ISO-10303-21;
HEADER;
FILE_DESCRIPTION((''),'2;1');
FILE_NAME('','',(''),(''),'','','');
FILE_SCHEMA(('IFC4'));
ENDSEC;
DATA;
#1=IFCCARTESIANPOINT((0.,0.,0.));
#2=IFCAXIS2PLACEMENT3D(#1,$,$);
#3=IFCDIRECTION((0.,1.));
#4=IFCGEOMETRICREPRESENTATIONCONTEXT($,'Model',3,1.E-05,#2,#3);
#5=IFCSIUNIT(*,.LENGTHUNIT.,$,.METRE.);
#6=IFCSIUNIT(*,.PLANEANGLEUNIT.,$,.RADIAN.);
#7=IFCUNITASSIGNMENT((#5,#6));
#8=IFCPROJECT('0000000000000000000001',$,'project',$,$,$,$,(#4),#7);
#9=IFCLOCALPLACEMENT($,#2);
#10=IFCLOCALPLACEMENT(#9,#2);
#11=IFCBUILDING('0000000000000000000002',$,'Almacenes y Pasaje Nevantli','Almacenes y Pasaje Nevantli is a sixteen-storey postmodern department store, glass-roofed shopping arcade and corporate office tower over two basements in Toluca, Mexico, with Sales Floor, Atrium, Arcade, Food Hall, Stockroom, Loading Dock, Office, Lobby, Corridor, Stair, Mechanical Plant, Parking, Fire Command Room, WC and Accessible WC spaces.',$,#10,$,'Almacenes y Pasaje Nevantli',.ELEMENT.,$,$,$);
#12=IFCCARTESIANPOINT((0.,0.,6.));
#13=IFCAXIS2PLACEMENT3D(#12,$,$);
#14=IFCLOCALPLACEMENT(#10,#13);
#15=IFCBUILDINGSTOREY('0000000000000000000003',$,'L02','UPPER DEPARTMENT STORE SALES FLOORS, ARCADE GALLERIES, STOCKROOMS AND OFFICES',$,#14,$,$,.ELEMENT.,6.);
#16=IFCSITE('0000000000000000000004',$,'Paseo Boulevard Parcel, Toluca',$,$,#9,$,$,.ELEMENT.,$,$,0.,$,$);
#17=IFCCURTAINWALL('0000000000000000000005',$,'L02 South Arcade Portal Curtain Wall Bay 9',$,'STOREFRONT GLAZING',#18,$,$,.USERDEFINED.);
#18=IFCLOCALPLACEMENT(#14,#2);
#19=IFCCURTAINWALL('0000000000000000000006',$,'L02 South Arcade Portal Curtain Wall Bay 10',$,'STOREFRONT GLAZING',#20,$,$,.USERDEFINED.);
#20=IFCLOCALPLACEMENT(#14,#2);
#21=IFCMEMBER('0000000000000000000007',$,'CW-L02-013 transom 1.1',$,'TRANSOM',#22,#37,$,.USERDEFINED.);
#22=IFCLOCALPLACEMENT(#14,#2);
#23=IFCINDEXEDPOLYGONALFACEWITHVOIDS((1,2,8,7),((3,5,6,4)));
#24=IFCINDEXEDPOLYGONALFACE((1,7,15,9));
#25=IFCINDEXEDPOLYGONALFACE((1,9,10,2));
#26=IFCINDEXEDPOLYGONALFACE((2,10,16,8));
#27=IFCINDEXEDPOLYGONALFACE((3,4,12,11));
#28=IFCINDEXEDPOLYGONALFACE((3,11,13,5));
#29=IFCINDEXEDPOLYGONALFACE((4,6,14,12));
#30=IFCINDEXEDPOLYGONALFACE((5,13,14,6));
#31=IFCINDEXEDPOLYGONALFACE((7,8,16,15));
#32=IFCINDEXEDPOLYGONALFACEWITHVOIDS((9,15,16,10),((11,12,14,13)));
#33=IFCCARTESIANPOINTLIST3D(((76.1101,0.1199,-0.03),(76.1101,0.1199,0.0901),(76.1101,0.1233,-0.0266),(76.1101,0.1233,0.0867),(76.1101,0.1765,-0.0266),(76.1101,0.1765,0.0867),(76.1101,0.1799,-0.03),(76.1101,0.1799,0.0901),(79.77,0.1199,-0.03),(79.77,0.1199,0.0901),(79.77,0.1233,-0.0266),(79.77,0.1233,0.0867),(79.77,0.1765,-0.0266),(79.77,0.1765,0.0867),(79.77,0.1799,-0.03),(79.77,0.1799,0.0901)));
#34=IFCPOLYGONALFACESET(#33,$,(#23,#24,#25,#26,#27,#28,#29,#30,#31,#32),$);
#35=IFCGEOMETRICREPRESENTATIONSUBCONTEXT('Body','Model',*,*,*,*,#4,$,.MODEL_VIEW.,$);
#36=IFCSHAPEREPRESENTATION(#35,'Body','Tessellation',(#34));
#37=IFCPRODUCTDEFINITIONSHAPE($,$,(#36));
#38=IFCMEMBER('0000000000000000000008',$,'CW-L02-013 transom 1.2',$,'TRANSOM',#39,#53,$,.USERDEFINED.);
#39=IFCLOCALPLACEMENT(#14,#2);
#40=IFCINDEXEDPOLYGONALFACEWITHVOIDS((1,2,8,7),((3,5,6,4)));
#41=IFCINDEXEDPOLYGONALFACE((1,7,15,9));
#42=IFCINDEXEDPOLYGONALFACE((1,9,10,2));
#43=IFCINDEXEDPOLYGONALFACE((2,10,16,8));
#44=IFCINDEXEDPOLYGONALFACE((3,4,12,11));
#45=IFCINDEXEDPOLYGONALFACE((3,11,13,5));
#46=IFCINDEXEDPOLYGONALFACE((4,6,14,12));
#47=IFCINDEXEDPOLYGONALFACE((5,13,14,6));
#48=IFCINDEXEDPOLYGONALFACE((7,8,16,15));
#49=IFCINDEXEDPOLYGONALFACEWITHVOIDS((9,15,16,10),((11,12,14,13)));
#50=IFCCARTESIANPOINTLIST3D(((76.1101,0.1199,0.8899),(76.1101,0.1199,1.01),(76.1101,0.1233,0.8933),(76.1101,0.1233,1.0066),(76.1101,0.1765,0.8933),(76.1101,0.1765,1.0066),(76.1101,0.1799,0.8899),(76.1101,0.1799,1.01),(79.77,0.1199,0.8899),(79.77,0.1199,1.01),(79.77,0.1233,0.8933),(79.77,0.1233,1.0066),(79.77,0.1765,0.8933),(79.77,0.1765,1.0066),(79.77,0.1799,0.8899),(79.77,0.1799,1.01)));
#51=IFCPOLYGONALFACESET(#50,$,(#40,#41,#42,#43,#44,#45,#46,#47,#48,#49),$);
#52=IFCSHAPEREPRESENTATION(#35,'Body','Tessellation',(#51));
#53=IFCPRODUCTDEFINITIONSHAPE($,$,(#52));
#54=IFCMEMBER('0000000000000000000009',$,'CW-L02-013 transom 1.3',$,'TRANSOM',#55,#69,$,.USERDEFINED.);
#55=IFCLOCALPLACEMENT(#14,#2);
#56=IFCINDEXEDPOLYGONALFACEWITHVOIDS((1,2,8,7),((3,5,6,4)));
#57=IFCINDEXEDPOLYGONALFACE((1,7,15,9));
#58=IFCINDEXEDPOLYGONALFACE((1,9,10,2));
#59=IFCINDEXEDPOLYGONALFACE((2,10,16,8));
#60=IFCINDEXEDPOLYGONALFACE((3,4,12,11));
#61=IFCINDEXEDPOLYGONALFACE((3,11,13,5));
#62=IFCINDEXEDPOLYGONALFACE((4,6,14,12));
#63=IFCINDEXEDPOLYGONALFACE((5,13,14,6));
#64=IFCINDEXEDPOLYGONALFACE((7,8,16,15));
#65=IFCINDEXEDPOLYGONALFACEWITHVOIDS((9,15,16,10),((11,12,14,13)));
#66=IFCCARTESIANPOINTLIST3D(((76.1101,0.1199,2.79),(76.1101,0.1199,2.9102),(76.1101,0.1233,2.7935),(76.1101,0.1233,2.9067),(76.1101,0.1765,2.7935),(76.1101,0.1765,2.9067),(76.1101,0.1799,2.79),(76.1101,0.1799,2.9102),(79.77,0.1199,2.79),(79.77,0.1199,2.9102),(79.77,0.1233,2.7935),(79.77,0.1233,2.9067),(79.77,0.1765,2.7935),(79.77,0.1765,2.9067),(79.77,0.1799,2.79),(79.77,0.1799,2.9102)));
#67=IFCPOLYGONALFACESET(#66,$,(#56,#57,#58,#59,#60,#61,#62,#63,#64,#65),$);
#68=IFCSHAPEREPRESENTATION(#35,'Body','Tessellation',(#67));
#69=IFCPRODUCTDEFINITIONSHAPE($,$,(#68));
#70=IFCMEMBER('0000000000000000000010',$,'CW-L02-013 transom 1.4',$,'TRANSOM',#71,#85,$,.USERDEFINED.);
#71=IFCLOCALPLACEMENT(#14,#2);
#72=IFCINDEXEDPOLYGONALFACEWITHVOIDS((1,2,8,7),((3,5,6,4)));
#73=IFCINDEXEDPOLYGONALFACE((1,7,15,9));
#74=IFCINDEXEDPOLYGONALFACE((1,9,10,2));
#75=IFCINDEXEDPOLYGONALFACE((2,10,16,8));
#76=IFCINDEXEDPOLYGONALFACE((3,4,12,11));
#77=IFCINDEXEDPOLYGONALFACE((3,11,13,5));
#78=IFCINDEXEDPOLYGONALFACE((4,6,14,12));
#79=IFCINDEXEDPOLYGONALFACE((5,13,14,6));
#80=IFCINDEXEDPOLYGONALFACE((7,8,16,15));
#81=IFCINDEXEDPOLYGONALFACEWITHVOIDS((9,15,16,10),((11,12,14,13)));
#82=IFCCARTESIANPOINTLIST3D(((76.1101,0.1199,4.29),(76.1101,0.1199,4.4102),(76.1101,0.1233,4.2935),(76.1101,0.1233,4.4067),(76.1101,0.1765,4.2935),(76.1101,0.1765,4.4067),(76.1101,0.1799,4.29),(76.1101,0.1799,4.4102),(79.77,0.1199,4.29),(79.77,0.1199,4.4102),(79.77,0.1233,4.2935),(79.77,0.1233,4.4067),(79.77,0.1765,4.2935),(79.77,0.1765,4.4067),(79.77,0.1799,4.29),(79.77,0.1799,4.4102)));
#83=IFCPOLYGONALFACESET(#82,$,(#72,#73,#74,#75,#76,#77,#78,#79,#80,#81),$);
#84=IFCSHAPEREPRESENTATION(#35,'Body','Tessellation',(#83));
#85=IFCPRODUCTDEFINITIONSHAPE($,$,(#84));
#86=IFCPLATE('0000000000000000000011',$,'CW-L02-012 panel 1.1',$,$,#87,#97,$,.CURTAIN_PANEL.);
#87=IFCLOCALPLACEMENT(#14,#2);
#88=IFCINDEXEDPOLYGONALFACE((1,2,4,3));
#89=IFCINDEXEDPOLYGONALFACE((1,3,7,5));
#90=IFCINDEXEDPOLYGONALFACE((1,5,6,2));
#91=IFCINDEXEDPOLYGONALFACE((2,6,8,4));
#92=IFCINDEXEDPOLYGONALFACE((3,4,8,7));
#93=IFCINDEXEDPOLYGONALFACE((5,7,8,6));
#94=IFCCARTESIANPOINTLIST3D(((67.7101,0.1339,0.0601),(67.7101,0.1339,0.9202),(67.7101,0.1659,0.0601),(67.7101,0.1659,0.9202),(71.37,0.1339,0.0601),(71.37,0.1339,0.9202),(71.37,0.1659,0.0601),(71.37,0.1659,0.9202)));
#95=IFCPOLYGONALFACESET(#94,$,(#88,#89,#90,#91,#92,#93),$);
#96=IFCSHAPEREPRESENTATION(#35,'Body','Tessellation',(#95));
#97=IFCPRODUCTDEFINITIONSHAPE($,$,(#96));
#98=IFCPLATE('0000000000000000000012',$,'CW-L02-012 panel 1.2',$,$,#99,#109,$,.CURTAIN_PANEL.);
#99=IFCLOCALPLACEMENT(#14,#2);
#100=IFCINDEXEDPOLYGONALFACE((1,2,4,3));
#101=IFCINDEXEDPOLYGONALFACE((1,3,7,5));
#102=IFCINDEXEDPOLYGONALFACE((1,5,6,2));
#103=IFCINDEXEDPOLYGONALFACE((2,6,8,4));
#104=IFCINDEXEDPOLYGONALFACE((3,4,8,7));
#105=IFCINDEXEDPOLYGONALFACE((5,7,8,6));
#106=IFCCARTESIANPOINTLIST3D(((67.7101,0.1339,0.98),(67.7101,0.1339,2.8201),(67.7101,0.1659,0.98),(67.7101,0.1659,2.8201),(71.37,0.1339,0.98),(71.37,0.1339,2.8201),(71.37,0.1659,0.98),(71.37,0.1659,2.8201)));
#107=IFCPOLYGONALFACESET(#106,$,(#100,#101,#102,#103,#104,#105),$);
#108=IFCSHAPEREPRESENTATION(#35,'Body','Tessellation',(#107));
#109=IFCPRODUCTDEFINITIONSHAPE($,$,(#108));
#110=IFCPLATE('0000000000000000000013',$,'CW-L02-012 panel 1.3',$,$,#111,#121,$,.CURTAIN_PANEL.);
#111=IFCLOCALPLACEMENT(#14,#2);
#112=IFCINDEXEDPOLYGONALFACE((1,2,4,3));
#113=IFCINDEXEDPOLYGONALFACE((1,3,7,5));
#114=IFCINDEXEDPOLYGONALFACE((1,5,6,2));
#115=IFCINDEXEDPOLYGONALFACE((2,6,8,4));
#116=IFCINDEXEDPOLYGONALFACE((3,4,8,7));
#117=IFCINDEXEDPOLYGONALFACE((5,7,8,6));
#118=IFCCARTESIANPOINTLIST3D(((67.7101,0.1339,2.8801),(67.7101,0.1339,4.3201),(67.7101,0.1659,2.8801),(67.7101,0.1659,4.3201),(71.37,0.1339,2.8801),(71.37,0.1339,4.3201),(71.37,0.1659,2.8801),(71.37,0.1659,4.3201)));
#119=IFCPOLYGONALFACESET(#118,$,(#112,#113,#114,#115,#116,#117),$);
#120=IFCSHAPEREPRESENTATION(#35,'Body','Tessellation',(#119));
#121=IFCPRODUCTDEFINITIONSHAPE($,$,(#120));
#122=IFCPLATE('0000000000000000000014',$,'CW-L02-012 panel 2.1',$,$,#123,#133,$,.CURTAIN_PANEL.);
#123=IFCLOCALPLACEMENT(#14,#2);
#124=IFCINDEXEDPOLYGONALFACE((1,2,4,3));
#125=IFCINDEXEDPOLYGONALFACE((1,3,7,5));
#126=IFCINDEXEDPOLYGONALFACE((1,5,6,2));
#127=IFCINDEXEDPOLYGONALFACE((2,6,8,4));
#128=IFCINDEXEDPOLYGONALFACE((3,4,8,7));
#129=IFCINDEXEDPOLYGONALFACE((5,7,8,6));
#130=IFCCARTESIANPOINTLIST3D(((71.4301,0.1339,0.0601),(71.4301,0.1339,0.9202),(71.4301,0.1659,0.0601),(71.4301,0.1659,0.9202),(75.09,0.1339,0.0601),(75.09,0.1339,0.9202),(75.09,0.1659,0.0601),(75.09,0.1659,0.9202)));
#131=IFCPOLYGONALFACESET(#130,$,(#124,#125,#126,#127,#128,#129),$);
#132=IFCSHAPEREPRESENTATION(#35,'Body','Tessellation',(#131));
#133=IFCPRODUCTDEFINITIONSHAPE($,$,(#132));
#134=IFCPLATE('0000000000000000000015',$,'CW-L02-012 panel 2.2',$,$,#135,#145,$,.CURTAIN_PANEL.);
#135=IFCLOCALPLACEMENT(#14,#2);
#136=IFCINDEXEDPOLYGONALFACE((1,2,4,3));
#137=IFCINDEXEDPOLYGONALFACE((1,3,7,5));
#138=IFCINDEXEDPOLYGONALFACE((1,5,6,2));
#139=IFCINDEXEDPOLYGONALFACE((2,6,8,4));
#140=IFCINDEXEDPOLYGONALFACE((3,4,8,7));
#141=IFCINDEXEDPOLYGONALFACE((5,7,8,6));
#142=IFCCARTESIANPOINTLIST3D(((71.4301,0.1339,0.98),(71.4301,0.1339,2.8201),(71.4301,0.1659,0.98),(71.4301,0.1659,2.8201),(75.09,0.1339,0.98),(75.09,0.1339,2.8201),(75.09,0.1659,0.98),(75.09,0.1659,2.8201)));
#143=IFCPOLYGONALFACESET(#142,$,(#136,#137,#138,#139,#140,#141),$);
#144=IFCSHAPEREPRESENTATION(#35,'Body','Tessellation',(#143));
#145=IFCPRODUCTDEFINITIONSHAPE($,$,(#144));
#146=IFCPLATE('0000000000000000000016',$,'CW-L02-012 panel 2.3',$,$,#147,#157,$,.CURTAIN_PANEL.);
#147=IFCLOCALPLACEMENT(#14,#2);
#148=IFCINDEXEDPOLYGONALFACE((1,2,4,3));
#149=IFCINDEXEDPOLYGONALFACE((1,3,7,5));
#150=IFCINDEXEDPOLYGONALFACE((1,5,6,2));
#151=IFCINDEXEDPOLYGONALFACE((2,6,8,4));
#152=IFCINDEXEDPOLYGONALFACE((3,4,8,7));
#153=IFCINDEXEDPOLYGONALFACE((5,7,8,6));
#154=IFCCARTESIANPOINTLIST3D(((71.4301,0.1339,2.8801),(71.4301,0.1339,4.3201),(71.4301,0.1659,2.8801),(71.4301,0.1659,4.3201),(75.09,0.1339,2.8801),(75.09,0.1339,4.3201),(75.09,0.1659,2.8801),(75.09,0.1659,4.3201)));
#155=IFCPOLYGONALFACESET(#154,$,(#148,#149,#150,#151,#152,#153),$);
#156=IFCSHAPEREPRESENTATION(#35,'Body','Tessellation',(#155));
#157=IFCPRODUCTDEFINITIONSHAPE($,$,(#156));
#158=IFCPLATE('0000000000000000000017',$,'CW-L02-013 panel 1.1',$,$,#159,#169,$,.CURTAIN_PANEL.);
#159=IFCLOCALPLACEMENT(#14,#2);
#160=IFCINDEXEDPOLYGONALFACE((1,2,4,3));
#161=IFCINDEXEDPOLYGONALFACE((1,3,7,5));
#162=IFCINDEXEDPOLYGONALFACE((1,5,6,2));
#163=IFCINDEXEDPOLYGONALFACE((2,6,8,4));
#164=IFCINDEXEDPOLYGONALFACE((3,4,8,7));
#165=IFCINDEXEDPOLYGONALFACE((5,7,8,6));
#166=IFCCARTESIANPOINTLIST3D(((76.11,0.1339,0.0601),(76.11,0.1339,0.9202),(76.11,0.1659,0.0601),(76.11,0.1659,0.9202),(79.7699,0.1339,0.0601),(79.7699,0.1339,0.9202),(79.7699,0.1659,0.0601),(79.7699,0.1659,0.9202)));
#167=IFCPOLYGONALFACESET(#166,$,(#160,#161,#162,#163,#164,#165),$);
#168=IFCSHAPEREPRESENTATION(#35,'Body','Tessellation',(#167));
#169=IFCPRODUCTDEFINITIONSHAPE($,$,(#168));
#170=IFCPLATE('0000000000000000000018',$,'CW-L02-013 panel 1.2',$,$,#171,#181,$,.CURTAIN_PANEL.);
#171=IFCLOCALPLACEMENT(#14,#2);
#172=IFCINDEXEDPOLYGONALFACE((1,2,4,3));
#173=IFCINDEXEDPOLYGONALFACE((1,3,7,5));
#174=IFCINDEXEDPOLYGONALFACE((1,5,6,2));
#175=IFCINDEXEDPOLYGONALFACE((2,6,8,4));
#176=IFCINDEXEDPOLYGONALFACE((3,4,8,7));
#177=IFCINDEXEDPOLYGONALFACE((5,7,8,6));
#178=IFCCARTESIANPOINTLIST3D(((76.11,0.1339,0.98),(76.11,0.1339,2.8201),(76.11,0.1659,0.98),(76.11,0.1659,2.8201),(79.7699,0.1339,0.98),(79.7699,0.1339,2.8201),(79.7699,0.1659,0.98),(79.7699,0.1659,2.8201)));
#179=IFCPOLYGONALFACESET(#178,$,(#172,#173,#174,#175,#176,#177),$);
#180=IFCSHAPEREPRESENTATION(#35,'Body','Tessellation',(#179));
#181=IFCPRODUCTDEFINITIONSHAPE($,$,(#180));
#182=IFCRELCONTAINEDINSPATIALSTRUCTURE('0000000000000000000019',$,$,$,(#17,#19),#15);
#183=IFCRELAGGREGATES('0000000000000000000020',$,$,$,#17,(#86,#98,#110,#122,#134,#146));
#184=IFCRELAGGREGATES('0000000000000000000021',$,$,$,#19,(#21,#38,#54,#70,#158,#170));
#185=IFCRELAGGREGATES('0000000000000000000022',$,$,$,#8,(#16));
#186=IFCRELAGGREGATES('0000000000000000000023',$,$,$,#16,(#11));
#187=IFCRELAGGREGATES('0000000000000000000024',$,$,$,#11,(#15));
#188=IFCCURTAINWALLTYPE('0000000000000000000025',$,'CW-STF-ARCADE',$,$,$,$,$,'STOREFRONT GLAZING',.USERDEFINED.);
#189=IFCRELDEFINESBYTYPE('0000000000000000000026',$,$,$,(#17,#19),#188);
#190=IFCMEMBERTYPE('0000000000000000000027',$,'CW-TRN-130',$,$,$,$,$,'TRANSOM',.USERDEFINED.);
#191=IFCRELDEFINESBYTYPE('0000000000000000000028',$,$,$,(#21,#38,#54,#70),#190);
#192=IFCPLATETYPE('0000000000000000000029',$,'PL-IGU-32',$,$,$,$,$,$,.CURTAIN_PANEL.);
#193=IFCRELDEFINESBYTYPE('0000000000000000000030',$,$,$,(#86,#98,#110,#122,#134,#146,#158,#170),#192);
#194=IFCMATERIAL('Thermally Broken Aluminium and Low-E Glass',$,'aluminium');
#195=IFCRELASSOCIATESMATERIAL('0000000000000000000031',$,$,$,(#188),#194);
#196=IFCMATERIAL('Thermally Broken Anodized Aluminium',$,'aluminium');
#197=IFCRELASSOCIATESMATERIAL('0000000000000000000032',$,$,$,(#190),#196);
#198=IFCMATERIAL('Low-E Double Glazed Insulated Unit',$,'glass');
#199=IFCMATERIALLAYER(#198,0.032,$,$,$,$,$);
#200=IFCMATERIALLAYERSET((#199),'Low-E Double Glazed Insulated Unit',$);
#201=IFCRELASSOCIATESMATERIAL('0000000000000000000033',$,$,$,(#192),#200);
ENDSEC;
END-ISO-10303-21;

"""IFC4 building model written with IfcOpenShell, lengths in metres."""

from ifc_helpers import new_model, si_unit, direction, frame, origin, origin_2d, place, context, subcontext, project, spatial, rectangle, hollow_rectangle, extrude, material, layer, layer_set, material_profile, profile_set, type_object, element, aggregate, save


model = new_model("IFC4")

# Units and contexts
model_context = context("Model", 3, precision=1e-05, world=origin(), true_north=direction((0.0, 1.0)))
body_context = subcontext(model_context, "Body", "Model", "MODEL_VIEW")
ifc_project = project(units=[si_unit("LENGTHUNIT", "METRE"), si_unit("PLANEANGLEUNIT", "RADIAN")], contexts=[model_context])

# Site, building, storey
site_placement = place(None, origin())
site = spatial("IfcSite", under=ifc_project, at=site_placement, Name="Paseo Boulevard Parcel, Toluca", CompositionType="ELEMENT", RefElevation=0.0)
building_placement = place(site_placement, origin())
building = spatial("IfcBuilding", under=site, at=building_placement, Name="Almacenes y Pasaje Nevantli", Description="Almacenes y Pasaje Nevantli is a sixteen-storey postmodern department store, glass-roofed shopping arcade and corporate office tower over two basements in Toluca, Mexico, with Sales Floor, Atrium, Arcade, Food Hall, Stockroom, Loading Dock, Office, Lobby, Corridor, Stair, Mechanical Plant, Parking, Fire Command Room, WC and Accessible WC spaces.", LongName="Almacenes y Pasaje Nevantli", CompositionType="ELEMENT")
storey_placement = place(building_placement, frame((0.0, 0.0, 6.0)))
storey = spatial("IfcBuildingStorey", under=building, at=storey_placement, Name="L02", Description="UPPER DEPARTMENT STORE SALES FLOORS, ARCADE GALLERIES, STOCKROOMS AND OFFICES", CompositionType="ELEMENT", Elevation=6.0)

# Curtain wall
ifc_material_1 = material(Name="Thermally Broken Aluminium and Low-E Glass", Category="aluminium")
curtain_wall_type = type_object("IfcCurtainWallType", Name="CW-STF-ARCADE", ElementType="STOREFRONT GLAZING", PredefinedType="USERDEFINED", material=ifc_material_1)
curtain_wall_1_placement = place(storey_placement, origin())
curtain_wall_1 = element("IfcCurtainWall", 1, at=curtain_wall_1_placement, inside=storey, type_object=curtain_wall_type, Name="L02 South Arcade Portal Curtain Wall Bay 9", ObjectType="STOREFRONT GLAZING", PredefinedType="USERDEFINED")

# Curtain wall
curtain_wall_2_placement = place(storey_placement, origin())
curtain_wall_2 = element("IfcCurtainWall", 2, at=curtain_wall_2_placement, inside=storey, type_object=curtain_wall_type, Name="L02 South Arcade Portal Curtain Wall Bay 10", ObjectType="STOREFRONT GLAZING", PredefinedType="USERDEFINED")

# Members
ifc_material_2 = material(Name="Thermally Broken Anodized Aluminium", Category="aluminium")
ifc_material_profile_1 = material_profile(ifc_material_2, hollow_rectangle(XDim=0.0601, YDim=0.1201, WallThickness=0.0034, at=origin_2d()), Name="ALU-TRN-60x120")
ifc_profile_set_1 = profile_set([ifc_material_profile_1], Name="Thermally Broken Anodized Aluminium")
member_type_1 = type_object("IfcMemberType", Name="CW-TRN-130", ElementType="TRANSOM", PredefinedType="USERDEFINED", material=ifc_profile_set_1)
member_1_placement = place(storey_placement, frame((76.1101, 0.1499, 0.03), z_axis=(1.0, 0.0, 0.0), x_axis=(0.0, 1.0, 0.0)))
member_1 = element("IfcMember", 3, at=member_1_placement, type_object=member_type_1, Name="CW-L02-013 transom 1.1", ObjectType="TRANSOM", PredefinedType="USERDEFINED", context=body_context, shape_type="SweptSolid", body=[
    extrude(hollow_rectangle(XDim=0.0601, YDim=0.1201, WallThickness=0.0034, at=origin_2d()), origin(), (0.0, 0.0, 1.0), 3.6599),
])
member_2_placement = place(storey_placement, frame((76.1101, 0.1499, 0.95), z_axis=(1.0, 0.0, 0.0), x_axis=(0.0, 1.0, 0.0)))
member_2 = element("IfcMember", 4, at=member_2_placement, type_object=member_type_1, Name="CW-L02-013 transom 1.2", ObjectType="TRANSOM", PredefinedType="USERDEFINED", context=body_context, shape_type="SweptSolid", body=[
    extrude(hollow_rectangle(XDim=0.0601, YDim=0.1201, WallThickness=0.0034, at=origin_2d()), origin(), (0.0, 0.0, 1.0), 3.6599),
])
member_3_placement = place(storey_placement, frame((76.1101, 0.1499, 2.8501), z_axis=(1.0, 0.0, 0.0), x_axis=(0.0, 1.0, 0.0)))
member_3 = element("IfcMember", 5, at=member_3_placement, type_object=member_type_1, Name="CW-L02-013 transom 1.3", ObjectType="TRANSOM", PredefinedType="USERDEFINED", context=body_context, shape_type="SweptSolid", body=[
    extrude(hollow_rectangle(XDim=0.0601, YDim=0.1201, WallThickness=0.0034, at=origin_2d()), origin(), (0.0, 0.0, 1.0), 3.6599),
])
member_4_placement = place(storey_placement, frame((76.1101, 0.1499, 4.3501), z_axis=(1.0, 0.0, 0.0), x_axis=(0.0, 1.0, 0.0)))
member_4 = element("IfcMember", 6, at=member_4_placement, type_object=member_type_1, Name="CW-L02-013 transom 1.4", ObjectType="TRANSOM", PredefinedType="USERDEFINED", context=body_context, shape_type="SweptSolid", body=[
    extrude(hollow_rectangle(XDim=0.0601, YDim=0.1201, WallThickness=0.0034, at=origin_2d()), origin(), (0.0, 0.0, 1.0), 3.6599),
])

# Plates
ifc_material_3 = material(Name="Low-E Double Glazed Insulated Unit", Category="glass")
ifc_layer = layer(ifc_material_3, 0.032)
ifc_layer_set = layer_set([ifc_layer], Name="Low-E Double Glazed Insulated Unit")
plate_type = type_object("IfcPlateType", Name="PL-IGU-32", PredefinedType="CURTAIN_PANEL", material=ifc_layer_set)
plate_1_placement = place(storey_placement, frame((69.54, 0.1499, 0.0601), z_axis=(0.0, 0.0, 1.0), x_axis=(1.0, 0.0, 0.0)))
plate_1 = element("IfcPlate", 7, at=plate_1_placement, type_object=plate_type, Name="CW-L02-012 panel 1.1", PredefinedType="CURTAIN_PANEL", context=body_context, shape_type="SweptSolid", body=[
    extrude(rectangle(XDim=3.6599, YDim=0.032, at=origin_2d()), origin(), (0.0, 0.0, 1.0), 0.8601),
])
plate_2_placement = place(storey_placement, frame((69.54, 0.1499, 0.98), z_axis=(0.0, 0.0, 1.0), x_axis=(1.0, 0.0, 0.0)))
plate_2 = element("IfcPlate", 8, at=plate_2_placement, type_object=plate_type, Name="CW-L02-012 panel 1.2", PredefinedType="CURTAIN_PANEL", context=body_context, shape_type="SweptSolid", body=[
    extrude(rectangle(XDim=3.6599, YDim=0.032, at=origin_2d()), origin(), (0.0, 0.0, 1.0), 1.8401),
])
plate_3_placement = place(storey_placement, frame((69.54, 0.1499, 2.8801), z_axis=(0.0, 0.0, 1.0), x_axis=(1.0, 0.0, 0.0)))
plate_3 = element("IfcPlate", 9, at=plate_3_placement, type_object=plate_type, Name="CW-L02-012 panel 1.3", PredefinedType="CURTAIN_PANEL", context=body_context, shape_type="SweptSolid", body=[
    extrude(rectangle(XDim=3.6599, YDim=0.032, at=origin_2d()), origin(), (0.0, 0.0, 1.0), 1.4399),
])
plate_4_placement = place(storey_placement, frame((73.26, 0.1499, 0.0601), z_axis=(0.0, 0.0, 1.0), x_axis=(1.0, 0.0, 0.0)))
plate_4 = element("IfcPlate", 10, at=plate_4_placement, type_object=plate_type, Name="CW-L02-012 panel 2.1", PredefinedType="CURTAIN_PANEL", context=body_context, shape_type="SweptSolid", body=[
    extrude(rectangle(XDim=3.6599, YDim=0.032, at=origin_2d()), origin(), (0.0, 0.0, 1.0), 0.8601),
])
plate_5_placement = place(storey_placement, frame((73.26, 0.1499, 0.98), z_axis=(0.0, 0.0, 1.0), x_axis=(1.0, 0.0, 0.0)))
plate_5 = element("IfcPlate", 11, at=plate_5_placement, type_object=plate_type, Name="CW-L02-012 panel 2.2", PredefinedType="CURTAIN_PANEL", context=body_context, shape_type="SweptSolid", body=[
    extrude(rectangle(XDim=3.6599, YDim=0.032, at=origin_2d()), origin(), (0.0, 0.0, 1.0), 1.8401),
])
plate_6_placement = place(storey_placement, frame((73.26, 0.1499, 2.8801), z_axis=(0.0, 0.0, 1.0), x_axis=(1.0, 0.0, 0.0)))
plate_6 = element("IfcPlate", 12, at=plate_6_placement, type_object=plate_type, Name="CW-L02-012 panel 2.3", PredefinedType="CURTAIN_PANEL", context=body_context, shape_type="SweptSolid", body=[
    extrude(rectangle(XDim=3.6599, YDim=0.032, at=origin_2d()), origin(), (0.0, 0.0, 1.0), 1.4399),
])
aggregate(curtain_wall_1, [plate_1, plate_2, plate_3, plate_4, plate_5, plate_6])
plate_7_placement = place(storey_placement, frame((77.9399, 0.1499, 0.0601), z_axis=(0.0, 0.0, 1.0), x_axis=(1.0, 0.0, 0.0)))
plate_7 = element("IfcPlate", 13, at=plate_7_placement, type_object=plate_type, Name="CW-L02-013 panel 1.1", PredefinedType="CURTAIN_PANEL", context=body_context, shape_type="SweptSolid", body=[
    extrude(rectangle(XDim=3.6599, YDim=0.032, at=origin_2d()), origin(), (0.0, 0.0, 1.0), 0.8601),
])
plate_8_placement = place(storey_placement, frame((77.9399, 0.1499, 0.98), z_axis=(0.0, 0.0, 1.0), x_axis=(1.0, 0.0, 0.0)))
plate_8 = element("IfcPlate", 14, at=plate_8_placement, type_object=plate_type, Name="CW-L02-013 panel 1.2", PredefinedType="CURTAIN_PANEL", context=body_context, shape_type="SweptSolid", body=[
    extrude(rectangle(XDim=3.6599, YDim=0.032, at=origin_2d()), origin(), (0.0, 0.0, 1.0), 1.8401),
])
aggregate(curtain_wall_2, [member_1, member_2, member_3, member_4, plate_7, plate_8])

save(model, "model.ifc")
